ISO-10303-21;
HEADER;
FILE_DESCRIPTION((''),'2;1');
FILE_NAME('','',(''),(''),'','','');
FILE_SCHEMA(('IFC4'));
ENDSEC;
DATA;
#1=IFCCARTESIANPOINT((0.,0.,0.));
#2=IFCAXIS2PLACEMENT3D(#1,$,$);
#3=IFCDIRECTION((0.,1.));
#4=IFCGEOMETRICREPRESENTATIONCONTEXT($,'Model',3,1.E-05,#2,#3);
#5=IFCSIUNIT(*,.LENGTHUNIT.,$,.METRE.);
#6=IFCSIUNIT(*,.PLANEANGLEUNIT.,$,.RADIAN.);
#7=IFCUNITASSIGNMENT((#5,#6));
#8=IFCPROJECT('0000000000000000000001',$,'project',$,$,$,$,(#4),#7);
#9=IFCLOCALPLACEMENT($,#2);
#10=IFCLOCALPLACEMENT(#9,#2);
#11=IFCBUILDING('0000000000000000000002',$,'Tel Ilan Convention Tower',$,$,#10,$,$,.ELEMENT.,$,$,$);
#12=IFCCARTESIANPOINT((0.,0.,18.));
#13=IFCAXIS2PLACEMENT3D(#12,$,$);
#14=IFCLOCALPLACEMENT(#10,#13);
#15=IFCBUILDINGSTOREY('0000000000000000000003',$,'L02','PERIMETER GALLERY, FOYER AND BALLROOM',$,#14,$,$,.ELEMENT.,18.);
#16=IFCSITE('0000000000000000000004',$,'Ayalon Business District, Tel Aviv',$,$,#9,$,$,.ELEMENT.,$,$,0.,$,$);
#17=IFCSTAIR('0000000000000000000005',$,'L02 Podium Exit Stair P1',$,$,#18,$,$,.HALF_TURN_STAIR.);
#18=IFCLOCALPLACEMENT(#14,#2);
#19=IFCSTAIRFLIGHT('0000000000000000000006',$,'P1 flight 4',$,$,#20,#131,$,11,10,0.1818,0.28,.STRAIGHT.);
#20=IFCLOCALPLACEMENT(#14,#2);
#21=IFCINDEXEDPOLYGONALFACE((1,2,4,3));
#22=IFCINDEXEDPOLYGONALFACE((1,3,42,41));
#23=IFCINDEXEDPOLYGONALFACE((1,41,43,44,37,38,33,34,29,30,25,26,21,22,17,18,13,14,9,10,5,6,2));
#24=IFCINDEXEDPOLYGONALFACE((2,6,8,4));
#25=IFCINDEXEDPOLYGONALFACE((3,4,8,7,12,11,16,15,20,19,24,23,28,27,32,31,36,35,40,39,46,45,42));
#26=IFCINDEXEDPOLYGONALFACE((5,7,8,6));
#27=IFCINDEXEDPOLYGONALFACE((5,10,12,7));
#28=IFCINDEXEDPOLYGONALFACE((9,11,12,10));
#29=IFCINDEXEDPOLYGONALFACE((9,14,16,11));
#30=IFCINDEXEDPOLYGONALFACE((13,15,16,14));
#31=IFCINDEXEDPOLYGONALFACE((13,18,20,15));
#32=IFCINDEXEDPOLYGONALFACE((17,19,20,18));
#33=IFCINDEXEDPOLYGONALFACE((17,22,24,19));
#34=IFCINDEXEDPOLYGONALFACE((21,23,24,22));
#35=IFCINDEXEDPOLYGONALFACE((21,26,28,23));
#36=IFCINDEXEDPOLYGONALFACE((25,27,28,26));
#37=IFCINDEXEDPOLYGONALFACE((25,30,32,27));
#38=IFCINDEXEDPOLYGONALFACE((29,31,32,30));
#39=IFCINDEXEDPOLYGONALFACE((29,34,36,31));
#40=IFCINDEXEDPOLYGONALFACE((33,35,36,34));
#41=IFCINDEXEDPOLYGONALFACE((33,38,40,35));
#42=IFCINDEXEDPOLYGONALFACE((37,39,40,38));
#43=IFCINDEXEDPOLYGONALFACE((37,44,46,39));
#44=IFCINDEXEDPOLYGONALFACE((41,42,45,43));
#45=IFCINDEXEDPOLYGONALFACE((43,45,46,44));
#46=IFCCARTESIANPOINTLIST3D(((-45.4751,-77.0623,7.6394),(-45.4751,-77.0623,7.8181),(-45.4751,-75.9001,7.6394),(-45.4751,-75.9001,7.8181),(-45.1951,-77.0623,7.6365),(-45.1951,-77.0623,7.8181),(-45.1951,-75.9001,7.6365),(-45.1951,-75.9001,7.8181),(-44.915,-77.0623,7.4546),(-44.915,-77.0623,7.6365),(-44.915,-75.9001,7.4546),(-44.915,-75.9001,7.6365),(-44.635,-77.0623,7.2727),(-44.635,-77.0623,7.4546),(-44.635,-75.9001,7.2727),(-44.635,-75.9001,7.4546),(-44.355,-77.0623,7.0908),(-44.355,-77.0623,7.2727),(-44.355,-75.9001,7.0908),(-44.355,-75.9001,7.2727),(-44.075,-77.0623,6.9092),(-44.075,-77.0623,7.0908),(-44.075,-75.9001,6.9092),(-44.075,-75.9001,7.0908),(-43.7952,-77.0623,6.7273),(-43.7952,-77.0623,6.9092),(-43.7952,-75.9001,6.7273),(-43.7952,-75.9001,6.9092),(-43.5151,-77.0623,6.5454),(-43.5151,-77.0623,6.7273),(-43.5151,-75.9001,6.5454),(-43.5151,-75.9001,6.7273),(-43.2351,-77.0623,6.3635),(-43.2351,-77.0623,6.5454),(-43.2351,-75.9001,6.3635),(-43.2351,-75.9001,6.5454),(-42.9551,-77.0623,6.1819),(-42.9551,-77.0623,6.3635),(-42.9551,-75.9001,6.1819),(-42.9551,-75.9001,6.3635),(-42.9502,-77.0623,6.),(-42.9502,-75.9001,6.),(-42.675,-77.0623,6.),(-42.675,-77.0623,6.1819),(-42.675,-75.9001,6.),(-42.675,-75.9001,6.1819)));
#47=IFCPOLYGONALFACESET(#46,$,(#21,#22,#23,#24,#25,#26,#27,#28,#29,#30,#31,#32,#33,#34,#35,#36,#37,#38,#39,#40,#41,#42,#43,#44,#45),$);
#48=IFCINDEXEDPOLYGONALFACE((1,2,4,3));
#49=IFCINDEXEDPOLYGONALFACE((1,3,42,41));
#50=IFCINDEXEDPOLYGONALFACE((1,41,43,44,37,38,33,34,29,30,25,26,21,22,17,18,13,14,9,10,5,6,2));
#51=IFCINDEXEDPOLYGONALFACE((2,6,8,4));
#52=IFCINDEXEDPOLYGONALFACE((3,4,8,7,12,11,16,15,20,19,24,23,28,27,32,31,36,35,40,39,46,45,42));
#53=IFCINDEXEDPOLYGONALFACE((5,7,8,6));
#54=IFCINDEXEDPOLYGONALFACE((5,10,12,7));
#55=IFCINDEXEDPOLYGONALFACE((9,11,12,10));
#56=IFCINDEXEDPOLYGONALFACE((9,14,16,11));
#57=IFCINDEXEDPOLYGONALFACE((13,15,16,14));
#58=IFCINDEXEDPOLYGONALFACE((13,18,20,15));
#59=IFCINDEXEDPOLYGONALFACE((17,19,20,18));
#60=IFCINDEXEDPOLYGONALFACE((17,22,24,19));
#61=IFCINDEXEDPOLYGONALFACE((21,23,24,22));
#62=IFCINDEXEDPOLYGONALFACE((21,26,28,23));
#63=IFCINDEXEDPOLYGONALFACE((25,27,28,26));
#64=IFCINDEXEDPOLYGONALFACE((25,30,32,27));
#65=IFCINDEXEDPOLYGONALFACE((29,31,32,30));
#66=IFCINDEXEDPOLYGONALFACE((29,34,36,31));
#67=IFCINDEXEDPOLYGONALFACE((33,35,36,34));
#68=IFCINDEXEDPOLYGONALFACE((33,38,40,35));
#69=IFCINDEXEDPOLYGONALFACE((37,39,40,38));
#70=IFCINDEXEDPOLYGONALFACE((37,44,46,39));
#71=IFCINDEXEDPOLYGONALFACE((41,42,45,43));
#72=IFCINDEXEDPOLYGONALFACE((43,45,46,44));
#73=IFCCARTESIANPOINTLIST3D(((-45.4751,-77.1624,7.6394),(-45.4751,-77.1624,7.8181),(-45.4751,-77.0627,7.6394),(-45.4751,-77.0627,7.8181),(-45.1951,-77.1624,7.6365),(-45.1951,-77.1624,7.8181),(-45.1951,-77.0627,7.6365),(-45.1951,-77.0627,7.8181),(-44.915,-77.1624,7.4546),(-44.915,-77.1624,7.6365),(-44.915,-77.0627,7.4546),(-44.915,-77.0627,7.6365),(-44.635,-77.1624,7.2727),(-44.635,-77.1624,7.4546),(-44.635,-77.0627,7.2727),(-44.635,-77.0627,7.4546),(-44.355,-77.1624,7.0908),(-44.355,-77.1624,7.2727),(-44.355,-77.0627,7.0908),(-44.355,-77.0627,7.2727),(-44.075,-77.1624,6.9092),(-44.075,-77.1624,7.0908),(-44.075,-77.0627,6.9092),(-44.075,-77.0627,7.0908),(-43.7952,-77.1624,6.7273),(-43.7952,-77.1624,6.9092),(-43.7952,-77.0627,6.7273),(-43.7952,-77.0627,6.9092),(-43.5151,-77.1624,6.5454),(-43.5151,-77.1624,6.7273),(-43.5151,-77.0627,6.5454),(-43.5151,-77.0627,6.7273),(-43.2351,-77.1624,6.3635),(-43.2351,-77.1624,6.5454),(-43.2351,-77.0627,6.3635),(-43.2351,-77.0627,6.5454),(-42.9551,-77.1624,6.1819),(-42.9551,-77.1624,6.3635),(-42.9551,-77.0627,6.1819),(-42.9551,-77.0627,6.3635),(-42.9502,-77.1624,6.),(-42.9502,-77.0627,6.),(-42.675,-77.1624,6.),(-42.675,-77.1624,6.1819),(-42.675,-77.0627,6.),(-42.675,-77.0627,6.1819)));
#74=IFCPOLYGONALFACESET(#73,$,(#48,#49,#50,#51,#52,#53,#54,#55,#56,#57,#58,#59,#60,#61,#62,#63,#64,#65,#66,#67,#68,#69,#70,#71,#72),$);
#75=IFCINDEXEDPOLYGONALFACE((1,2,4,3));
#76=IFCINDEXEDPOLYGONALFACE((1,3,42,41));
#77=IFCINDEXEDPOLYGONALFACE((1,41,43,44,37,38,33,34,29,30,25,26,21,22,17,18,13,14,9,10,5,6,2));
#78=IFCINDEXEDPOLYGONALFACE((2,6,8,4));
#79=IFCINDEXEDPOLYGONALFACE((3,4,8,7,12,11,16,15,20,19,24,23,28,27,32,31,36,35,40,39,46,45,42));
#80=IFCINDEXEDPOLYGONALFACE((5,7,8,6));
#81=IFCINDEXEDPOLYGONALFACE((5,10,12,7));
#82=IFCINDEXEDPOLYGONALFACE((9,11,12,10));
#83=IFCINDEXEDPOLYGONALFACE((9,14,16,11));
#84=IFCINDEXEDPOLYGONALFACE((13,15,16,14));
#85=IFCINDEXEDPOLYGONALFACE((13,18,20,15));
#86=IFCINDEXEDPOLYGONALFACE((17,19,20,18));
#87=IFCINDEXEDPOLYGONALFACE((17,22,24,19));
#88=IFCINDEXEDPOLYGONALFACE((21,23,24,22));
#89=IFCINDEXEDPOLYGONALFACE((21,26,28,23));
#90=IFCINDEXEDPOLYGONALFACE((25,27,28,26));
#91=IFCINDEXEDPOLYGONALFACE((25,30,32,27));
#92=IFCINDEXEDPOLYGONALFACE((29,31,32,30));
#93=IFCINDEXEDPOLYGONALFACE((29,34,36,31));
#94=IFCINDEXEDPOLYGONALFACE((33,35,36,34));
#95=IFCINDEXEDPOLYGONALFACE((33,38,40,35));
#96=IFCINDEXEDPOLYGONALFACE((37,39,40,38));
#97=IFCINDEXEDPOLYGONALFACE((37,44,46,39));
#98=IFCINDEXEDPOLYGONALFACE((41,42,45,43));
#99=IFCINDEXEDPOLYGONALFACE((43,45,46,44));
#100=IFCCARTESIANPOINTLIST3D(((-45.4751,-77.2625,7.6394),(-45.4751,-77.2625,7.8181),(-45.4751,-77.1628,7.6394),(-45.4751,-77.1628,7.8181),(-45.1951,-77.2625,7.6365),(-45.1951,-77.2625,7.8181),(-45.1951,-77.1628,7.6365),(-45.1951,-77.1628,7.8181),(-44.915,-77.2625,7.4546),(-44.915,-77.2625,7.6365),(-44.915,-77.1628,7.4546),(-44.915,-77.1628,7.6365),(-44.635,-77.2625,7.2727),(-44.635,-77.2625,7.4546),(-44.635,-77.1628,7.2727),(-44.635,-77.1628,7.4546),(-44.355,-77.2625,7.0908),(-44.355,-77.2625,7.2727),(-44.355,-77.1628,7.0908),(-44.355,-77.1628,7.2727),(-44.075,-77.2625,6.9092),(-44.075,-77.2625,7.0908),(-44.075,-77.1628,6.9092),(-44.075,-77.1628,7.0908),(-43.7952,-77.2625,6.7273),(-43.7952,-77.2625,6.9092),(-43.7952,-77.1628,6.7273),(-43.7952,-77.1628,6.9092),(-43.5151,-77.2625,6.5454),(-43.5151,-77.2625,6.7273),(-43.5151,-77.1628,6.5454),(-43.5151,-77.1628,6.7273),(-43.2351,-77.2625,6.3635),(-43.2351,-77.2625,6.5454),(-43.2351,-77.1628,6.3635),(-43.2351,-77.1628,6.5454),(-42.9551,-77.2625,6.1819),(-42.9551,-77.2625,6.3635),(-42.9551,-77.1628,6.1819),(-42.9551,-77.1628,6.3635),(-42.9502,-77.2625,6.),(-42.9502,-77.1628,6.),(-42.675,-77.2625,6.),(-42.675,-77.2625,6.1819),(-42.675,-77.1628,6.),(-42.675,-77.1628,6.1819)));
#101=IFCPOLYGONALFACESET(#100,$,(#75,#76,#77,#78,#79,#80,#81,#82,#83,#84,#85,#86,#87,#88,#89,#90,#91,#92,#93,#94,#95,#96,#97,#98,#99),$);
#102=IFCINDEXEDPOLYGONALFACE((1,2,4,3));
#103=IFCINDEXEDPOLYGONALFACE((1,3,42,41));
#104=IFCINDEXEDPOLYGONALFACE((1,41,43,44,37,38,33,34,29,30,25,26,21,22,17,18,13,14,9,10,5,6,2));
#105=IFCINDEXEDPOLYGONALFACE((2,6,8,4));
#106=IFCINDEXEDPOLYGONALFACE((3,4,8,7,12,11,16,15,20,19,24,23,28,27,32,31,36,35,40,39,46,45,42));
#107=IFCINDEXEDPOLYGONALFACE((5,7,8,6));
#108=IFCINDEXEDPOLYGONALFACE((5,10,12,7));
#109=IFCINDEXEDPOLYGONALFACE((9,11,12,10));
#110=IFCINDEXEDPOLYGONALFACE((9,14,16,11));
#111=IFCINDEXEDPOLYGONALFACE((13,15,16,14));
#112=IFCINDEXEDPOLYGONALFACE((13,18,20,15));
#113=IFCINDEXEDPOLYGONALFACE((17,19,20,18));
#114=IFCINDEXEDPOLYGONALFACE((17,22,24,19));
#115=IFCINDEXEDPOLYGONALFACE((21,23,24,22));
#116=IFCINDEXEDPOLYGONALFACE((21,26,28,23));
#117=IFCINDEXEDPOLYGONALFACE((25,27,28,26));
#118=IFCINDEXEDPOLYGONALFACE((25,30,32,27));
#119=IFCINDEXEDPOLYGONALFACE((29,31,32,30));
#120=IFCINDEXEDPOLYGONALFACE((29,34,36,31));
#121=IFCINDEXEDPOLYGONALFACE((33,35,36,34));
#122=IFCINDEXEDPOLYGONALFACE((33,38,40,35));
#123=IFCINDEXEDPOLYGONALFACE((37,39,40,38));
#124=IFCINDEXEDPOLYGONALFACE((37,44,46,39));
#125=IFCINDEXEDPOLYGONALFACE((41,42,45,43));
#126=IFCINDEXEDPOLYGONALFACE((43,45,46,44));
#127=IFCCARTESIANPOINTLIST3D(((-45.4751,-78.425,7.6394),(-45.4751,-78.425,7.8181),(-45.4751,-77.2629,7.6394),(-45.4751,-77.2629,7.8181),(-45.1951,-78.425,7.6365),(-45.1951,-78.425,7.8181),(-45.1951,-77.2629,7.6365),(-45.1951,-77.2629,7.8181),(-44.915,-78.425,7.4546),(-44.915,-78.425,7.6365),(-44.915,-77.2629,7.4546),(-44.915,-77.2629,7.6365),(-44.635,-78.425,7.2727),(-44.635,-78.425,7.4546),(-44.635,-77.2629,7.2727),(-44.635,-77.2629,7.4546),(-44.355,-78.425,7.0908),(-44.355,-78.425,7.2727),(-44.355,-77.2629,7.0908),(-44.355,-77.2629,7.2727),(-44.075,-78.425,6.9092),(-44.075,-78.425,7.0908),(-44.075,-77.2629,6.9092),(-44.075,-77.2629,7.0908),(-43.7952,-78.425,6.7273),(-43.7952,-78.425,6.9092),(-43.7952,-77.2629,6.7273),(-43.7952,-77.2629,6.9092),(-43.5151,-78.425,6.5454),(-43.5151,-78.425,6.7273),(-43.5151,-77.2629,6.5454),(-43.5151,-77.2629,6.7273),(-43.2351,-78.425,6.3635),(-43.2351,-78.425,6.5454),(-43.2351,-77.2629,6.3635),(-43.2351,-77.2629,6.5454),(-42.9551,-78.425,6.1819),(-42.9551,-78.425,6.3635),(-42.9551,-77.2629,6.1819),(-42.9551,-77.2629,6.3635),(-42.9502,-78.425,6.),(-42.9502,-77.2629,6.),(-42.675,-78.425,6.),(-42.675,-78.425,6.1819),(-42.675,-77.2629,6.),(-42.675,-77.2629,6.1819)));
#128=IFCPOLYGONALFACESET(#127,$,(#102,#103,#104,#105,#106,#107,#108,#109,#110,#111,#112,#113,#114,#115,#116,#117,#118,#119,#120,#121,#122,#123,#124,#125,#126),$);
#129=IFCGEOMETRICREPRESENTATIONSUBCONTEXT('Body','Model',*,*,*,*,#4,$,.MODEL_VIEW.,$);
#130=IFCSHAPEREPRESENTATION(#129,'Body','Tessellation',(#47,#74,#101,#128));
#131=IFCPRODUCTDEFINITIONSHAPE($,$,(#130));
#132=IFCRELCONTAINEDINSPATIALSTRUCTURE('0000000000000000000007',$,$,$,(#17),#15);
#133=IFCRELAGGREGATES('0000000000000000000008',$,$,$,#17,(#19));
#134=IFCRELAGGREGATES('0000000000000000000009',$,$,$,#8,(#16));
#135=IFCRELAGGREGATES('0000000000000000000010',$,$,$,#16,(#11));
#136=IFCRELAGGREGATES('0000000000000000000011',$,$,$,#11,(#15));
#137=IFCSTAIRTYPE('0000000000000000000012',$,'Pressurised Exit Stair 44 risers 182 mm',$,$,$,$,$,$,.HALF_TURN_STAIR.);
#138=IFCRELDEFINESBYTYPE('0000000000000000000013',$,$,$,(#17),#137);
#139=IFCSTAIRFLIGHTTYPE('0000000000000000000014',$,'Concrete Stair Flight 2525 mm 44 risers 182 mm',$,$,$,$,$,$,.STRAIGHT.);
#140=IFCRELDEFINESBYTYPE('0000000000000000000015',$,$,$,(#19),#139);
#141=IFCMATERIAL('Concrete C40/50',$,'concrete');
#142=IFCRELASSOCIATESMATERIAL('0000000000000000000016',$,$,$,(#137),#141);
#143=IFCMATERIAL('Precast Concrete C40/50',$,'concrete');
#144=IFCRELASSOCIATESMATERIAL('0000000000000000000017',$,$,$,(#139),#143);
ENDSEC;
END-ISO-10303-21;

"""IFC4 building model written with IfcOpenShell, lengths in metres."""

from ifc_helpers import new_model, si_unit, direction, frame, origin, place, context, subcontext, project, spatial, polyline, outline, extrude, material, type_object, element, aggregate, save


model = new_model("IFC4")

# Units and contexts
model_context = context("Model", 3, precision=1e-05, world=origin(), true_north=direction((0.0, 1.0)))
body_context = subcontext(model_context, "Body", "Model", "MODEL_VIEW")
ifc_project = project(units=[si_unit("LENGTHUNIT", "METRE"), si_unit("PLANEANGLEUNIT", "RADIAN")], contexts=[model_context])

# Site, building, storey
site_placement = place(None, origin())
site = spatial("IfcSite", under=ifc_project, at=site_placement, Name="Ayalon Business District, Tel Aviv", CompositionType="ELEMENT", RefElevation=0.0)
building_placement = place(site_placement, origin())
building = spatial("IfcBuilding", under=site, at=building_placement, Name="Tel Ilan Convention Tower", CompositionType="ELEMENT")
storey_placement = place(building_placement, frame((0.0, 0.0, 18.0)))
storey = spatial("IfcBuildingStorey", under=building, at=storey_placement, Name="L02", Description="PERIMETER GALLERY, FOYER AND BALLROOM", CompositionType="ELEMENT", Elevation=18.0)

# Stair, stair flight
ifc_material_1 = material(Name="Concrete C40/50", Category="concrete")
stair_type = type_object("IfcStairType", Name="Pressurised Exit Stair 44 risers 182 mm", PredefinedType="HALF_TURN_STAIR", material=ifc_material_1)
stair_placement = place(storey_placement, origin())
stair = element("IfcStair", 1, at=stair_placement, inside=storey, type_object=stair_type, Name="L02 Podium Exit Stair P1", PredefinedType="HALF_TURN_STAIR")
ifc_material_2 = material(Name="Precast Concrete C40/50", Category="concrete")
stair_flight_type = type_object("IfcStairFlightType", Name="Concrete Stair Flight 2525 mm 44 risers 182 mm", PredefinedType="STRAIGHT", material=ifc_material_2)
stair_flight_1_placement = place(storey_placement, frame((-42.675, -77.1626, 6.0), z_axis=(0.0, 0.0, 1.0), x_axis=(-1.0, 0.0, 0.0)))
stair_flight_1 = element("IfcStairFlight", 2, at=stair_flight_1_placement, type_object=stair_flight_type, Name="P1 flight 4", NumberOfRisers=11, NumberOfTreads=10, PredefinedType="STRAIGHT", RiserHeight=0.1818, TreadLength=0.28, context=body_context, shape_type="SweptSolid", body=[
    extrude(outline(polyline([(0.0, 0.0), (0.0, 0.1819), (0.28, 0.1819), (0.28, 0.3635), (0.5601, 0.3635), (0.5601, 0.5454), (0.8401, 0.5454), (0.8401, 0.7273), (1.1201, 0.7273), (1.1201, 0.9092), (1.3999, 0.9092), (1.3999, 1.0908), (1.6799, 1.0908), (1.6799, 1.2727), (1.96, 1.2727), (1.96, 1.4546), (2.24, 1.4546), (2.24, 1.6365), (2.52, 1.6365), (2.52, 1.8181), (2.8, 1.8181), (2.8, 2.0), (2.8, 1.6394), (0.2751, 0.0), (0.0, 0.0)])), frame((0.0, -0.1003, 0.0), z_axis=(0.0, -1.0, 0.0), x_axis=(1.0, 0.0, 0.0)), (0.0, 0.0, 1.0), 1.1621),
    extrude(outline(polyline([(0.0, 0.0), (0.0, 0.1819), (0.28, 0.1819), (0.28, 0.3635), (0.5601, 0.3635), (0.5601, 0.5454), (0.8401, 0.5454), (0.8401, 0.7273), (1.1201, 0.7273), (1.1201, 0.9092), (1.3999, 0.9092), (1.3999, 1.0908), (1.6799, 1.0908), (1.6799, 1.2727), (1.96, 1.2727), (1.96, 1.4546), (2.24, 1.4546), (2.24, 1.6365), (2.52, 1.6365), (2.52, 1.8181), (2.8, 1.8181), (2.8, 2.0), (2.8, 1.6394), (0.2751, 0.0), (0.0, 0.0)])), frame((0.0, -0.0002, 0.0), z_axis=(0.0, -1.0, 0.0), x_axis=(1.0, 0.0, 0.0)), (0.0, 0.0, 1.0), 0.0996),
    extrude(outline(polyline([(0.0, 0.0), (0.0, 0.1819), (0.28, 0.1819), (0.28, 0.3635), (0.5601, 0.3635), (0.5601, 0.5454), (0.8401, 0.5454), (0.8401, 0.7273), (1.1201, 0.7273), (1.1201, 0.9092), (1.3999, 0.9092), (1.3999, 1.0908), (1.6799, 1.0908), (1.6799, 1.2727), (1.96, 1.2727), (1.96, 1.4546), (2.24, 1.4546), (2.24, 1.6365), (2.52, 1.6365), (2.52, 1.8181), (2.8, 1.8181), (2.8, 2.0), (2.8, 1.6394), (0.2751, 0.0), (0.0, 0.0)])), frame((0.0, 0.0999, 0.0), z_axis=(0.0, -1.0, 0.0), x_axis=(1.0, 0.0, 0.0)), (0.0, 0.0, 1.0), 0.0996),
    extrude(outline(polyline([(0.0, 0.0), (0.0, 0.1819), (0.28, 0.1819), (0.28, 0.3635), (0.5601, 0.3635), (0.5601, 0.5454), (0.8401, 0.5454), (0.8401, 0.7273), (1.1201, 0.7273), (1.1201, 0.9092), (1.3999, 0.9092), (1.3999, 1.0908), (1.6799, 1.0908), (1.6799, 1.2727), (1.96, 1.2727), (1.96, 1.4546), (2.24, 1.4546), (2.24, 1.6365), (2.52, 1.6365), (2.52, 1.8181), (2.8, 1.8181), (2.8, 2.0), (2.8, 1.6394), (0.2751, 0.0), (0.0, 0.0)])), frame((0.0, 1.2625, 0.0), z_axis=(0.0, -1.0, 0.0), x_axis=(1.0, 0.0, 0.0)), (0.0, 0.0, 1.0), 1.1621),
])
aggregate(stair, [stair_flight_1])

save(model, "model.ifc")
